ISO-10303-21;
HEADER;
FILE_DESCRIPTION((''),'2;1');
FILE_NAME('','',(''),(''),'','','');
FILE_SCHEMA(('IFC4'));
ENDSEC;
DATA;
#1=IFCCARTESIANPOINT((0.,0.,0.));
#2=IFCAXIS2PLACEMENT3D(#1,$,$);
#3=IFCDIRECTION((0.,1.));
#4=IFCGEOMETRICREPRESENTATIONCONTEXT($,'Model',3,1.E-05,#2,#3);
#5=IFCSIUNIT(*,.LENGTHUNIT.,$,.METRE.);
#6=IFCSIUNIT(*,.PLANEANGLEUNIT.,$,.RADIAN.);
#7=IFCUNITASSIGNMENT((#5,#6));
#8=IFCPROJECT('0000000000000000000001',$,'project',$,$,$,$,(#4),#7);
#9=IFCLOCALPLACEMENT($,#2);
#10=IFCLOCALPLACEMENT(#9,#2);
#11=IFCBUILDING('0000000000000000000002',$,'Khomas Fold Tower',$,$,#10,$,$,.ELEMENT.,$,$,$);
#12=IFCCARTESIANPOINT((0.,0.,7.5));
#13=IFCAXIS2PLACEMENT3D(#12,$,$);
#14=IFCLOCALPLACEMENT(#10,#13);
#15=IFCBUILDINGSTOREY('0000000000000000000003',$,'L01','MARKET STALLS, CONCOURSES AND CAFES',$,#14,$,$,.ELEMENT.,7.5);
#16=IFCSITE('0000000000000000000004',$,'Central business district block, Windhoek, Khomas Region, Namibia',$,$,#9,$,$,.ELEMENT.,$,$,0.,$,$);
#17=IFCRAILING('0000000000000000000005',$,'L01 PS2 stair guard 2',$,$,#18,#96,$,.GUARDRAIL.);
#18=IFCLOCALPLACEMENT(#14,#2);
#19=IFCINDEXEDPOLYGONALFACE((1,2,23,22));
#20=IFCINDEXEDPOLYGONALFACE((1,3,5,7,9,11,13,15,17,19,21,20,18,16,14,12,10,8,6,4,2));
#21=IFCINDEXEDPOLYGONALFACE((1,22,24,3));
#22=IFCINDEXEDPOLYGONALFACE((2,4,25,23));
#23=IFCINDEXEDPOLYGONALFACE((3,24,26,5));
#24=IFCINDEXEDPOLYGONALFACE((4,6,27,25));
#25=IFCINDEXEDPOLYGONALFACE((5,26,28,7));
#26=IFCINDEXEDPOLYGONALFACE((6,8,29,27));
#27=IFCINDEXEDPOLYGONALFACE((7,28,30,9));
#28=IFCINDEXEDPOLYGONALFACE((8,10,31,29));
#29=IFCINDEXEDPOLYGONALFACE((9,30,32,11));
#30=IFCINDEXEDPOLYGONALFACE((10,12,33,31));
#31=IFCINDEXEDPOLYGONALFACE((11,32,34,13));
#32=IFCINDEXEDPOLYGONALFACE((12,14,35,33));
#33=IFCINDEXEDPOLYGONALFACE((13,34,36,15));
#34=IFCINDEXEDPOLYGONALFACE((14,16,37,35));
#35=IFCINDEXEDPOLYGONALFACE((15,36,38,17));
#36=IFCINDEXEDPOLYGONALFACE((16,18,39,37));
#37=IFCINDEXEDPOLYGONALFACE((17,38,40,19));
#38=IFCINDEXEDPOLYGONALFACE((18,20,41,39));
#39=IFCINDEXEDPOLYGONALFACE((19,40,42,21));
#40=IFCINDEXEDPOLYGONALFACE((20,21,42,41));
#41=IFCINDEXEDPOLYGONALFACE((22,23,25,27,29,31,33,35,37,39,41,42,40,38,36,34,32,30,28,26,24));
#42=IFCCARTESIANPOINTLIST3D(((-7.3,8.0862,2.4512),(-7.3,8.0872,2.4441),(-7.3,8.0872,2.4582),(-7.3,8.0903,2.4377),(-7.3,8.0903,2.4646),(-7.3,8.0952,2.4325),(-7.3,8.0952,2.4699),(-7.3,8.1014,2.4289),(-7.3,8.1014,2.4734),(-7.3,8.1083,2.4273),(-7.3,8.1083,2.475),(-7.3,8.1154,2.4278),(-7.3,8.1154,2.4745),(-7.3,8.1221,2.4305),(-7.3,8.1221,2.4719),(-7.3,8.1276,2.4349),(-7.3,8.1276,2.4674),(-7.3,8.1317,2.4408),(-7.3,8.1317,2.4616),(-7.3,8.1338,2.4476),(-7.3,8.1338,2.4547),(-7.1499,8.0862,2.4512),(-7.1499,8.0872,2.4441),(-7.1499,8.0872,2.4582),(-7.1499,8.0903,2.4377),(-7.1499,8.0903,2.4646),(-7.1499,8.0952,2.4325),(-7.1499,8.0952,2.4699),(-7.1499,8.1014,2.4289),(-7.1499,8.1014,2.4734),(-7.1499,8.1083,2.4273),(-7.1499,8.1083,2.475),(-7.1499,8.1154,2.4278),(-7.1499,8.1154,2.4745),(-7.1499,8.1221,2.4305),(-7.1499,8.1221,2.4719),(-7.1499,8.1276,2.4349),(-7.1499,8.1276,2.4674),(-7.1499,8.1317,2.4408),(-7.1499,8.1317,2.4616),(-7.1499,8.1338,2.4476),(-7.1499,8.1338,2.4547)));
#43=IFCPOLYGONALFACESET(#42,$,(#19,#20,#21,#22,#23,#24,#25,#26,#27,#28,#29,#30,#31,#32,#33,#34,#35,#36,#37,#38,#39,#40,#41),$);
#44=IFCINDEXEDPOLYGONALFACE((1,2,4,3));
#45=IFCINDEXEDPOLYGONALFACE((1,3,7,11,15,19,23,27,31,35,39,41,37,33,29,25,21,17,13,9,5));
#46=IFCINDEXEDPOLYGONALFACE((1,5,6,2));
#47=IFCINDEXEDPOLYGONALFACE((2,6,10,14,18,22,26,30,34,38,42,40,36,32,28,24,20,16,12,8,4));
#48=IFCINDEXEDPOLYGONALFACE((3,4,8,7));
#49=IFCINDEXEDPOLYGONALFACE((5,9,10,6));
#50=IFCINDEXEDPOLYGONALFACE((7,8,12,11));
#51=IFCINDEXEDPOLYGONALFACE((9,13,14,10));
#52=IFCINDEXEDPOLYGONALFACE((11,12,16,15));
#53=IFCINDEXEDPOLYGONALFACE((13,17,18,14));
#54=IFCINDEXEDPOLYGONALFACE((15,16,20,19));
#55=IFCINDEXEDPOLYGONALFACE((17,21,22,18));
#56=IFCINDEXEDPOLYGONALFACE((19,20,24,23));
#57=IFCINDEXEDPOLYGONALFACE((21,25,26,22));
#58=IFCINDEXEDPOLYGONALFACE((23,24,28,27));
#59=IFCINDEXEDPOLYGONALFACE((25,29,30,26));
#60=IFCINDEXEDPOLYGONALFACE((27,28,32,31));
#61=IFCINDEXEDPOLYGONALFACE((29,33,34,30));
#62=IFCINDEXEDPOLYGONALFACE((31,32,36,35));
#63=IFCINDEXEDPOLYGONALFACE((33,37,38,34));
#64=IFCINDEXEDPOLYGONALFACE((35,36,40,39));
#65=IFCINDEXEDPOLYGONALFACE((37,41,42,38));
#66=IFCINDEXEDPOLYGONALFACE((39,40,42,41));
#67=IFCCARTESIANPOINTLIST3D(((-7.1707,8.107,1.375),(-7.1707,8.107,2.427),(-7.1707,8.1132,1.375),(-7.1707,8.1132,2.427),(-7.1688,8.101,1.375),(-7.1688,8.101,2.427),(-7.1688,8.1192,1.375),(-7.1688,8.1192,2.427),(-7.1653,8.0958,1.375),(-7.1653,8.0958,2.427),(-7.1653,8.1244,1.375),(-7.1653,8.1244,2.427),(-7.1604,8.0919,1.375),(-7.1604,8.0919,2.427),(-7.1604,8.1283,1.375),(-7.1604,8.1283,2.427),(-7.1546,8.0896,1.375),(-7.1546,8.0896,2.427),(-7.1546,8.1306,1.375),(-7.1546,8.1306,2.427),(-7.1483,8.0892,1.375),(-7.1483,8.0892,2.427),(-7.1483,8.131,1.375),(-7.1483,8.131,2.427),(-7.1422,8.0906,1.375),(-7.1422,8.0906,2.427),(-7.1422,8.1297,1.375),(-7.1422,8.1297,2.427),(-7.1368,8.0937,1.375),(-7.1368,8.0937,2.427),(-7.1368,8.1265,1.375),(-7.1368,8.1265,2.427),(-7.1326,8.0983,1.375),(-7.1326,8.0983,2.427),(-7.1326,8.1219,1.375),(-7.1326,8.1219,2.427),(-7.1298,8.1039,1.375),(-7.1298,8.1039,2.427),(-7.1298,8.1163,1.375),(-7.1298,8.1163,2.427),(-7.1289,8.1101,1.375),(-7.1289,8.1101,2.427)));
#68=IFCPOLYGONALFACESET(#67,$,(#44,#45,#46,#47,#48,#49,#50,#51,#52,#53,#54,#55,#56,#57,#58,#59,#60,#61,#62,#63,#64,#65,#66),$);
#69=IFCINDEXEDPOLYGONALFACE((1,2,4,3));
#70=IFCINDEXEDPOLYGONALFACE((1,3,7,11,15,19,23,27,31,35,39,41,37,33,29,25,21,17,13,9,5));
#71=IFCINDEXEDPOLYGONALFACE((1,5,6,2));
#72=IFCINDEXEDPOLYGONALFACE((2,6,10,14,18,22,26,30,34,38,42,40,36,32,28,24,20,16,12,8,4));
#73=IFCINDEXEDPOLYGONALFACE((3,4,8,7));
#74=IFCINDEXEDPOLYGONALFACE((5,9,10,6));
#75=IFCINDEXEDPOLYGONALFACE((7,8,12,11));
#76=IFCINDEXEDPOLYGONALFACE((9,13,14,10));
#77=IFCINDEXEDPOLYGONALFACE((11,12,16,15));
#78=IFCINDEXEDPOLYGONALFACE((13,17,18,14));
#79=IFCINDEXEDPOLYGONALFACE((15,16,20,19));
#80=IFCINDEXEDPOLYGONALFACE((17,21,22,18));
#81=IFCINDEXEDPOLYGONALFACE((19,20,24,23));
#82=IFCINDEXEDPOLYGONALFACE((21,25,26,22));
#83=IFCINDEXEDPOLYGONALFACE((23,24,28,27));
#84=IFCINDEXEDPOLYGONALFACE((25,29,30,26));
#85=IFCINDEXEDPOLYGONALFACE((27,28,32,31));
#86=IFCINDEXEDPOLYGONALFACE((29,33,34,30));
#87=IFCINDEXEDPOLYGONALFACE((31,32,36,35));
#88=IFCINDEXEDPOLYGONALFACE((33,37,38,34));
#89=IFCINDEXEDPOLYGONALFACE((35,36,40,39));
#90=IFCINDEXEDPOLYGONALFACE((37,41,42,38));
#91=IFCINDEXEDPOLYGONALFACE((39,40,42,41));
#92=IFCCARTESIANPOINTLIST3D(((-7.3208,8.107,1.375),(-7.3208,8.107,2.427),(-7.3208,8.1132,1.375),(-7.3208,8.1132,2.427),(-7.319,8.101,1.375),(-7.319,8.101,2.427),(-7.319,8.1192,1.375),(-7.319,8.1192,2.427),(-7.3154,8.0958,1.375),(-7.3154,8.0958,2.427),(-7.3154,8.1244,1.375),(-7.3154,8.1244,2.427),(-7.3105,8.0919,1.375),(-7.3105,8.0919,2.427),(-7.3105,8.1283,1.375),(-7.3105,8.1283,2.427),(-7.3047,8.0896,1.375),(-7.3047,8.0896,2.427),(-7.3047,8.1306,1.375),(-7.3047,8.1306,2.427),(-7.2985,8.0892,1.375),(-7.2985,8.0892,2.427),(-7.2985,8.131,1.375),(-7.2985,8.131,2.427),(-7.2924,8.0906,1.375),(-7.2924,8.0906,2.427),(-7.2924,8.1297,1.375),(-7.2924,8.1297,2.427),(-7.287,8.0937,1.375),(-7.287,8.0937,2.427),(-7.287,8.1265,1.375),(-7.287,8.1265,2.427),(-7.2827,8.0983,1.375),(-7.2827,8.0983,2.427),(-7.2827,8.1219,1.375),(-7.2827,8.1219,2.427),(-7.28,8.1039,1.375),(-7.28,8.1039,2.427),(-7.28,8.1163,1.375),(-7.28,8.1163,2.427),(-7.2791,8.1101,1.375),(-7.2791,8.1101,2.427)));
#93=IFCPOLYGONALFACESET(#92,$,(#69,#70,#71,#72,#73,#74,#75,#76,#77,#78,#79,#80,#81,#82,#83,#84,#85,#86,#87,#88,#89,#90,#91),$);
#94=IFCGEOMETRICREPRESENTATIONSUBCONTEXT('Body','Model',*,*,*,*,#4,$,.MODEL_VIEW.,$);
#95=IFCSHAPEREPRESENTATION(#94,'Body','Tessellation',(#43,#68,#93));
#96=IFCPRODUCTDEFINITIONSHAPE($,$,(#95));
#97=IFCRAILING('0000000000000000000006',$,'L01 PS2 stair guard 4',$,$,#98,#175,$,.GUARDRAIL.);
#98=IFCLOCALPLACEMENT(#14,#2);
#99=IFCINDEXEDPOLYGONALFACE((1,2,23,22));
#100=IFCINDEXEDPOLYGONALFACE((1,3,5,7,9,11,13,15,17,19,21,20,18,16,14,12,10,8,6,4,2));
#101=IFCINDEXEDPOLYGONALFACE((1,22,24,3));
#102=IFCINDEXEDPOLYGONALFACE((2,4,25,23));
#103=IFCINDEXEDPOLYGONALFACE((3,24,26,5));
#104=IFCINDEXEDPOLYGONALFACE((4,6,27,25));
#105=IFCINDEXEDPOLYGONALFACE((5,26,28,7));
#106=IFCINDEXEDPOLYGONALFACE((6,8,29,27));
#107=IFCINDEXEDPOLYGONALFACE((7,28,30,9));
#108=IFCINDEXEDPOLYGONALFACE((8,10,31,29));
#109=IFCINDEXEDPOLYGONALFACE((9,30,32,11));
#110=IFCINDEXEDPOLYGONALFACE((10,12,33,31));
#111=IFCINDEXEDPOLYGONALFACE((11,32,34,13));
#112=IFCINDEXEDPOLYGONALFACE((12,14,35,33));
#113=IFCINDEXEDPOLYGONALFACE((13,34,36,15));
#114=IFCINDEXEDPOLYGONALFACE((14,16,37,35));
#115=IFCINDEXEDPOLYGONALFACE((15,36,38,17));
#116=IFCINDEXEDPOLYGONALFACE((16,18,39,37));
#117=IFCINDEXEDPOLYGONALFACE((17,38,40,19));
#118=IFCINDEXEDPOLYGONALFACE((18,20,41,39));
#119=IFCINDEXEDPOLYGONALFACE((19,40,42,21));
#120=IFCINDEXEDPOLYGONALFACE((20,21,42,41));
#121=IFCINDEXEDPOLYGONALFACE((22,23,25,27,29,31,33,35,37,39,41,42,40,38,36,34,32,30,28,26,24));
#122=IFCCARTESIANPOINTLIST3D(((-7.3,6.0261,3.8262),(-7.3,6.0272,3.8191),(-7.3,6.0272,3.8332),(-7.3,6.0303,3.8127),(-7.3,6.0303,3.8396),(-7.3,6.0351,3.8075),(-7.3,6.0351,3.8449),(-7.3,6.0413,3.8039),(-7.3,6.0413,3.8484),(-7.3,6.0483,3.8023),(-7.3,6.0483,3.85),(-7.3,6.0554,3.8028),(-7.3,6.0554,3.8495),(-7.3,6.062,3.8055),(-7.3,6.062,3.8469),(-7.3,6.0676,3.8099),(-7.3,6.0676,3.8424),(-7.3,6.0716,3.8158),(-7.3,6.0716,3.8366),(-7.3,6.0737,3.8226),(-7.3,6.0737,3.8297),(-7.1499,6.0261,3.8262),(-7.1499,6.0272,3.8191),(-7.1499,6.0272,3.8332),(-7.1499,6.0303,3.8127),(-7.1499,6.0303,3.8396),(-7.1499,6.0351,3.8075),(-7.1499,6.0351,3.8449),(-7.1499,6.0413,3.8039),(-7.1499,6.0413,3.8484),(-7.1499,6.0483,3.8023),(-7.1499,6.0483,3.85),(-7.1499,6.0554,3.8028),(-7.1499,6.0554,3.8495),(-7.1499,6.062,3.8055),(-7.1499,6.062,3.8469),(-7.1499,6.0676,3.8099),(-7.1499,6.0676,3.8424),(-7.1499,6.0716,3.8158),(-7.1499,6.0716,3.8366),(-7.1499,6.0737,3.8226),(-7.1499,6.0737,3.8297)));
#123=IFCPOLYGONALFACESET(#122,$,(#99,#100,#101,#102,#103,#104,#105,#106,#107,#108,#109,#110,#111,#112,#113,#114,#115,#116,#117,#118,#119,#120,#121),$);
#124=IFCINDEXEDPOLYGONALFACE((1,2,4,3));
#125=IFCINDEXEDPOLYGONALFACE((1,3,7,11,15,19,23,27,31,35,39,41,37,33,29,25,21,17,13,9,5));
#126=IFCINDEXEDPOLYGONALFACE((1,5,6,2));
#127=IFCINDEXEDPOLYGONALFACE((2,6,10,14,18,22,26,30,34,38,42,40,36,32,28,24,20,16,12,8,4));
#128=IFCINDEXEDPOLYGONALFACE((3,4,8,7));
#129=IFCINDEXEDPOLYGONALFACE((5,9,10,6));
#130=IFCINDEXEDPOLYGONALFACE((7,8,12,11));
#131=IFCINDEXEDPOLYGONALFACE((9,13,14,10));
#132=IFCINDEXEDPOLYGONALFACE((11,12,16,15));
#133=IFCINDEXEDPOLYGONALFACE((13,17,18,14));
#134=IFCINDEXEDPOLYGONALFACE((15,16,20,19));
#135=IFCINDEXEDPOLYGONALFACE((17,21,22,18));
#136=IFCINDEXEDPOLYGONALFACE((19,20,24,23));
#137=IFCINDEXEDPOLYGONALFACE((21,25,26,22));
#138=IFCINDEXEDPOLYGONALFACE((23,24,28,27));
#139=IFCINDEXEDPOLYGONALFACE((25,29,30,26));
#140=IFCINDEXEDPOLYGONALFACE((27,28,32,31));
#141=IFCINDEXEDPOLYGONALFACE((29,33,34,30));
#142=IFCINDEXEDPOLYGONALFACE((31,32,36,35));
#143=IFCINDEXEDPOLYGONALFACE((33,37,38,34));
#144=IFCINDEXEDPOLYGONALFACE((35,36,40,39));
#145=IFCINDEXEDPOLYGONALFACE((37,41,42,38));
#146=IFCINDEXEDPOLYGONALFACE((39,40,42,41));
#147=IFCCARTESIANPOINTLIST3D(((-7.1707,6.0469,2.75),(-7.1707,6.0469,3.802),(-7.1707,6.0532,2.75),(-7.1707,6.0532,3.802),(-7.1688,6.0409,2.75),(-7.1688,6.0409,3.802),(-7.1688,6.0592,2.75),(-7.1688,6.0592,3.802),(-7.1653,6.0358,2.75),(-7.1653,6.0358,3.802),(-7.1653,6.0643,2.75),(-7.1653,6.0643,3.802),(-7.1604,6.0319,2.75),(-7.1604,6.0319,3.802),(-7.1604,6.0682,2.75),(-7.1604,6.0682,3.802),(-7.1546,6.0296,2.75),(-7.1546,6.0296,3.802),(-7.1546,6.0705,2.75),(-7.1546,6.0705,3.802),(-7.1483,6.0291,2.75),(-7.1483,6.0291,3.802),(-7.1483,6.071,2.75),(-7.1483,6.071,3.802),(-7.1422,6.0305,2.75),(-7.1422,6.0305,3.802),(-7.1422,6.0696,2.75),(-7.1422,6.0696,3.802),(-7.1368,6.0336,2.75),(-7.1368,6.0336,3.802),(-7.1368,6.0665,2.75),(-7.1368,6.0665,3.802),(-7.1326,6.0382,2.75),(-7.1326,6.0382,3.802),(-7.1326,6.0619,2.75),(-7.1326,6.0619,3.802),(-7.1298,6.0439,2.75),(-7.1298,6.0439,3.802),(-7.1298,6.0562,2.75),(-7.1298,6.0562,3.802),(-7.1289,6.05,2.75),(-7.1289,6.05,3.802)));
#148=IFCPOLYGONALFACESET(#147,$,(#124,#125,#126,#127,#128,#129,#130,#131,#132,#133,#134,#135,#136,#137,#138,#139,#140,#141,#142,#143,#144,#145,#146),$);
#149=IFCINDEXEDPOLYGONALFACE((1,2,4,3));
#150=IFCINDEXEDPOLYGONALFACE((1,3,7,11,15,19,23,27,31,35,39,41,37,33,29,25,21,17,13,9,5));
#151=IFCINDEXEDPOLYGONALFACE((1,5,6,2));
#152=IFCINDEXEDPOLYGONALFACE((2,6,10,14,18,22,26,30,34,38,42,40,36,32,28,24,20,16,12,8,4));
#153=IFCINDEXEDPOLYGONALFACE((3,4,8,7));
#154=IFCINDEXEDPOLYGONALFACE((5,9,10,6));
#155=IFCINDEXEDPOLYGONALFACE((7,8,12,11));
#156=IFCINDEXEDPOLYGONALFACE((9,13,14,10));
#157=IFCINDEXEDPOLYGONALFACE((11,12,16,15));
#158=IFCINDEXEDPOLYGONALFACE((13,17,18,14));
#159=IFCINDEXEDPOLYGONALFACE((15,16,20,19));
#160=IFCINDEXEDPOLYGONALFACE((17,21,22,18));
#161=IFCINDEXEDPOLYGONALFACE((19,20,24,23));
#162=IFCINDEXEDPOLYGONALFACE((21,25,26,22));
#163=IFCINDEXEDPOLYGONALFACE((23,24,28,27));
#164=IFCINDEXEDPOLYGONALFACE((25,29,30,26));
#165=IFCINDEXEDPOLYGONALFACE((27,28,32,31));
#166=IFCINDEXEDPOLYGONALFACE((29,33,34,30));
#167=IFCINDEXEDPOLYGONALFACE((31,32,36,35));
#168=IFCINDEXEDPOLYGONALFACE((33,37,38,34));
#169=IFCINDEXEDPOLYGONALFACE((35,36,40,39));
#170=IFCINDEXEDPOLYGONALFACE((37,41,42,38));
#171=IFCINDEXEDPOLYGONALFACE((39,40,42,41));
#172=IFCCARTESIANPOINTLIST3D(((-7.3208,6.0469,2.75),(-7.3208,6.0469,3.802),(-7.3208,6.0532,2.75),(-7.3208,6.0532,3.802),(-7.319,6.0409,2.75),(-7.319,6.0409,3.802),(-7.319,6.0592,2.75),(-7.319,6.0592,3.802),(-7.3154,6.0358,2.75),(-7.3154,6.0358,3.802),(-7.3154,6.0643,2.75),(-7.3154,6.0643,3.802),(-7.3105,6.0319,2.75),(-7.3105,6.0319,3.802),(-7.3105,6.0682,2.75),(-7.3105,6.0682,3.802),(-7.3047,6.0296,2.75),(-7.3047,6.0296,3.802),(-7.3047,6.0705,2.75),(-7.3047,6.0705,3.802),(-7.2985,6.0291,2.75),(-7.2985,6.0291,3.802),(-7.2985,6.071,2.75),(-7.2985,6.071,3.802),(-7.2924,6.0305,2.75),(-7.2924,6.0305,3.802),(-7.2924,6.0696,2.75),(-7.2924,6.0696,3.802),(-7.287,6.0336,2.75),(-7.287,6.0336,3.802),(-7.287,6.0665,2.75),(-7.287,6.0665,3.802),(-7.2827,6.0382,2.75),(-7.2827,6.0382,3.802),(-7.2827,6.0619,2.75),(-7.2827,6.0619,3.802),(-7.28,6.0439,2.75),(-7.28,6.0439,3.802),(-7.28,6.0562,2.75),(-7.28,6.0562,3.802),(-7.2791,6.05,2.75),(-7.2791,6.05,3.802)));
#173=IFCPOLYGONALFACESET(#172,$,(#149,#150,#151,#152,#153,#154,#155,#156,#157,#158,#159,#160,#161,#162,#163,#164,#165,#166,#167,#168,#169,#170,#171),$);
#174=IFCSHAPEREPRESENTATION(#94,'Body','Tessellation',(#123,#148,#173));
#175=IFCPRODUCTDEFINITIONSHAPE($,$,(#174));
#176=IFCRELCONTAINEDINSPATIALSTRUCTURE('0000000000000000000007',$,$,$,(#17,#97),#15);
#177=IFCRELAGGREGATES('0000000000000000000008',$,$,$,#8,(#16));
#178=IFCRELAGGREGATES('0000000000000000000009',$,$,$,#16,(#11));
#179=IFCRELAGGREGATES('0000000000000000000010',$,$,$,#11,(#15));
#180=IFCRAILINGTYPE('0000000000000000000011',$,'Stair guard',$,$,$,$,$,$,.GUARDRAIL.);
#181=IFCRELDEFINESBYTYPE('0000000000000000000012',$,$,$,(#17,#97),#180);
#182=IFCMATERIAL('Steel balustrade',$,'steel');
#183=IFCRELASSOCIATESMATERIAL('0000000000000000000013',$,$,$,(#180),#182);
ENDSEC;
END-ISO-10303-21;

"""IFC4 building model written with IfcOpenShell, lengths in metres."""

from ifc_helpers import new_model, si_unit, direction, frame, origin, origin_2d, place, context, subcontext, project, spatial, circle, extrude, source, transform, mapped, material, type_object, element, save


model = new_model("IFC4")

# Units and contexts
model_context = context("Model", 3, precision=1e-05, world=origin(), true_north=direction((0.0, 1.0)))
body_context = subcontext(model_context, "Body", "Model", "MODEL_VIEW")
ifc_project = project(units=[si_unit("LENGTHUNIT", "METRE"), si_unit("PLANEANGLEUNIT", "RADIAN")], contexts=[model_context])

# Site, building, storey
site_placement = place(None, origin())
site = spatial("IfcSite", under=ifc_project, at=site_placement, Name="Central business district block, Windhoek, Khomas Region, Namibia", CompositionType="ELEMENT", RefElevation=0.0)
building_placement = place(site_placement, origin())
building = spatial("IfcBuilding", under=site, at=building_placement, Name="Khomas Fold Tower", CompositionType="ELEMENT")
storey_placement = place(building_placement, frame((0.0, 0.0, 7.5)))
storey = spatial("IfcBuildingStorey", under=building, at=storey_placement, Name="L01", Description="MARKET STALLS, CONCOURSES AND CAFES", CompositionType="ELEMENT", Elevation=7.5)

# Railings
ifc_material_1 = material(Name="Steel balustrade", Category="steel")
railing_type_1 = type_object("IfcRailingType", Name="Stair guard", PredefinedType="GUARDRAIL", material=ifc_material_1)
shared_shape_1 = source(origin(), body_context, "Body", "SweptSolid", [
    extrude(circle(Radius=0.0239, at=origin_2d()), frame((0.0, 0.0, 1.0762), z_axis=(-1.0, 0.0, 0.0), x_axis=(0.0, -1.0, 0.0)), (0.0, 0.0, 1.0), 0.1501),
    extrude(circle(Radius=0.021, at=origin_2d()), origin(), (0.0, 0.0, 1.0), 1.052),
    extrude(circle(Radius=0.021, at=origin_2d()), frame((-0.1501, 0.0, 0.0)), (0.0, 0.0, 1.0), 1.052),
])
for number, where, name in (
    (1, (-7.1499, 8.1101, 1.375), "L01 PS2 stair guard 2"),
    (2, (-7.1499, 6.05, 2.75), "L01 PS2 stair guard 4"),
):
    element("IfcRailing", number, at=place(storey_placement, frame(where)), inside=storey, type_object=railing_type_1, Name=name, PredefinedType="GUARDRAIL", context=body_context, shape_type="MappedRepresentation", body=[
        mapped(shared_shape_1, transform((0.0, 0.0, 0.0))),
    ])

save(model, "model.ifc")
